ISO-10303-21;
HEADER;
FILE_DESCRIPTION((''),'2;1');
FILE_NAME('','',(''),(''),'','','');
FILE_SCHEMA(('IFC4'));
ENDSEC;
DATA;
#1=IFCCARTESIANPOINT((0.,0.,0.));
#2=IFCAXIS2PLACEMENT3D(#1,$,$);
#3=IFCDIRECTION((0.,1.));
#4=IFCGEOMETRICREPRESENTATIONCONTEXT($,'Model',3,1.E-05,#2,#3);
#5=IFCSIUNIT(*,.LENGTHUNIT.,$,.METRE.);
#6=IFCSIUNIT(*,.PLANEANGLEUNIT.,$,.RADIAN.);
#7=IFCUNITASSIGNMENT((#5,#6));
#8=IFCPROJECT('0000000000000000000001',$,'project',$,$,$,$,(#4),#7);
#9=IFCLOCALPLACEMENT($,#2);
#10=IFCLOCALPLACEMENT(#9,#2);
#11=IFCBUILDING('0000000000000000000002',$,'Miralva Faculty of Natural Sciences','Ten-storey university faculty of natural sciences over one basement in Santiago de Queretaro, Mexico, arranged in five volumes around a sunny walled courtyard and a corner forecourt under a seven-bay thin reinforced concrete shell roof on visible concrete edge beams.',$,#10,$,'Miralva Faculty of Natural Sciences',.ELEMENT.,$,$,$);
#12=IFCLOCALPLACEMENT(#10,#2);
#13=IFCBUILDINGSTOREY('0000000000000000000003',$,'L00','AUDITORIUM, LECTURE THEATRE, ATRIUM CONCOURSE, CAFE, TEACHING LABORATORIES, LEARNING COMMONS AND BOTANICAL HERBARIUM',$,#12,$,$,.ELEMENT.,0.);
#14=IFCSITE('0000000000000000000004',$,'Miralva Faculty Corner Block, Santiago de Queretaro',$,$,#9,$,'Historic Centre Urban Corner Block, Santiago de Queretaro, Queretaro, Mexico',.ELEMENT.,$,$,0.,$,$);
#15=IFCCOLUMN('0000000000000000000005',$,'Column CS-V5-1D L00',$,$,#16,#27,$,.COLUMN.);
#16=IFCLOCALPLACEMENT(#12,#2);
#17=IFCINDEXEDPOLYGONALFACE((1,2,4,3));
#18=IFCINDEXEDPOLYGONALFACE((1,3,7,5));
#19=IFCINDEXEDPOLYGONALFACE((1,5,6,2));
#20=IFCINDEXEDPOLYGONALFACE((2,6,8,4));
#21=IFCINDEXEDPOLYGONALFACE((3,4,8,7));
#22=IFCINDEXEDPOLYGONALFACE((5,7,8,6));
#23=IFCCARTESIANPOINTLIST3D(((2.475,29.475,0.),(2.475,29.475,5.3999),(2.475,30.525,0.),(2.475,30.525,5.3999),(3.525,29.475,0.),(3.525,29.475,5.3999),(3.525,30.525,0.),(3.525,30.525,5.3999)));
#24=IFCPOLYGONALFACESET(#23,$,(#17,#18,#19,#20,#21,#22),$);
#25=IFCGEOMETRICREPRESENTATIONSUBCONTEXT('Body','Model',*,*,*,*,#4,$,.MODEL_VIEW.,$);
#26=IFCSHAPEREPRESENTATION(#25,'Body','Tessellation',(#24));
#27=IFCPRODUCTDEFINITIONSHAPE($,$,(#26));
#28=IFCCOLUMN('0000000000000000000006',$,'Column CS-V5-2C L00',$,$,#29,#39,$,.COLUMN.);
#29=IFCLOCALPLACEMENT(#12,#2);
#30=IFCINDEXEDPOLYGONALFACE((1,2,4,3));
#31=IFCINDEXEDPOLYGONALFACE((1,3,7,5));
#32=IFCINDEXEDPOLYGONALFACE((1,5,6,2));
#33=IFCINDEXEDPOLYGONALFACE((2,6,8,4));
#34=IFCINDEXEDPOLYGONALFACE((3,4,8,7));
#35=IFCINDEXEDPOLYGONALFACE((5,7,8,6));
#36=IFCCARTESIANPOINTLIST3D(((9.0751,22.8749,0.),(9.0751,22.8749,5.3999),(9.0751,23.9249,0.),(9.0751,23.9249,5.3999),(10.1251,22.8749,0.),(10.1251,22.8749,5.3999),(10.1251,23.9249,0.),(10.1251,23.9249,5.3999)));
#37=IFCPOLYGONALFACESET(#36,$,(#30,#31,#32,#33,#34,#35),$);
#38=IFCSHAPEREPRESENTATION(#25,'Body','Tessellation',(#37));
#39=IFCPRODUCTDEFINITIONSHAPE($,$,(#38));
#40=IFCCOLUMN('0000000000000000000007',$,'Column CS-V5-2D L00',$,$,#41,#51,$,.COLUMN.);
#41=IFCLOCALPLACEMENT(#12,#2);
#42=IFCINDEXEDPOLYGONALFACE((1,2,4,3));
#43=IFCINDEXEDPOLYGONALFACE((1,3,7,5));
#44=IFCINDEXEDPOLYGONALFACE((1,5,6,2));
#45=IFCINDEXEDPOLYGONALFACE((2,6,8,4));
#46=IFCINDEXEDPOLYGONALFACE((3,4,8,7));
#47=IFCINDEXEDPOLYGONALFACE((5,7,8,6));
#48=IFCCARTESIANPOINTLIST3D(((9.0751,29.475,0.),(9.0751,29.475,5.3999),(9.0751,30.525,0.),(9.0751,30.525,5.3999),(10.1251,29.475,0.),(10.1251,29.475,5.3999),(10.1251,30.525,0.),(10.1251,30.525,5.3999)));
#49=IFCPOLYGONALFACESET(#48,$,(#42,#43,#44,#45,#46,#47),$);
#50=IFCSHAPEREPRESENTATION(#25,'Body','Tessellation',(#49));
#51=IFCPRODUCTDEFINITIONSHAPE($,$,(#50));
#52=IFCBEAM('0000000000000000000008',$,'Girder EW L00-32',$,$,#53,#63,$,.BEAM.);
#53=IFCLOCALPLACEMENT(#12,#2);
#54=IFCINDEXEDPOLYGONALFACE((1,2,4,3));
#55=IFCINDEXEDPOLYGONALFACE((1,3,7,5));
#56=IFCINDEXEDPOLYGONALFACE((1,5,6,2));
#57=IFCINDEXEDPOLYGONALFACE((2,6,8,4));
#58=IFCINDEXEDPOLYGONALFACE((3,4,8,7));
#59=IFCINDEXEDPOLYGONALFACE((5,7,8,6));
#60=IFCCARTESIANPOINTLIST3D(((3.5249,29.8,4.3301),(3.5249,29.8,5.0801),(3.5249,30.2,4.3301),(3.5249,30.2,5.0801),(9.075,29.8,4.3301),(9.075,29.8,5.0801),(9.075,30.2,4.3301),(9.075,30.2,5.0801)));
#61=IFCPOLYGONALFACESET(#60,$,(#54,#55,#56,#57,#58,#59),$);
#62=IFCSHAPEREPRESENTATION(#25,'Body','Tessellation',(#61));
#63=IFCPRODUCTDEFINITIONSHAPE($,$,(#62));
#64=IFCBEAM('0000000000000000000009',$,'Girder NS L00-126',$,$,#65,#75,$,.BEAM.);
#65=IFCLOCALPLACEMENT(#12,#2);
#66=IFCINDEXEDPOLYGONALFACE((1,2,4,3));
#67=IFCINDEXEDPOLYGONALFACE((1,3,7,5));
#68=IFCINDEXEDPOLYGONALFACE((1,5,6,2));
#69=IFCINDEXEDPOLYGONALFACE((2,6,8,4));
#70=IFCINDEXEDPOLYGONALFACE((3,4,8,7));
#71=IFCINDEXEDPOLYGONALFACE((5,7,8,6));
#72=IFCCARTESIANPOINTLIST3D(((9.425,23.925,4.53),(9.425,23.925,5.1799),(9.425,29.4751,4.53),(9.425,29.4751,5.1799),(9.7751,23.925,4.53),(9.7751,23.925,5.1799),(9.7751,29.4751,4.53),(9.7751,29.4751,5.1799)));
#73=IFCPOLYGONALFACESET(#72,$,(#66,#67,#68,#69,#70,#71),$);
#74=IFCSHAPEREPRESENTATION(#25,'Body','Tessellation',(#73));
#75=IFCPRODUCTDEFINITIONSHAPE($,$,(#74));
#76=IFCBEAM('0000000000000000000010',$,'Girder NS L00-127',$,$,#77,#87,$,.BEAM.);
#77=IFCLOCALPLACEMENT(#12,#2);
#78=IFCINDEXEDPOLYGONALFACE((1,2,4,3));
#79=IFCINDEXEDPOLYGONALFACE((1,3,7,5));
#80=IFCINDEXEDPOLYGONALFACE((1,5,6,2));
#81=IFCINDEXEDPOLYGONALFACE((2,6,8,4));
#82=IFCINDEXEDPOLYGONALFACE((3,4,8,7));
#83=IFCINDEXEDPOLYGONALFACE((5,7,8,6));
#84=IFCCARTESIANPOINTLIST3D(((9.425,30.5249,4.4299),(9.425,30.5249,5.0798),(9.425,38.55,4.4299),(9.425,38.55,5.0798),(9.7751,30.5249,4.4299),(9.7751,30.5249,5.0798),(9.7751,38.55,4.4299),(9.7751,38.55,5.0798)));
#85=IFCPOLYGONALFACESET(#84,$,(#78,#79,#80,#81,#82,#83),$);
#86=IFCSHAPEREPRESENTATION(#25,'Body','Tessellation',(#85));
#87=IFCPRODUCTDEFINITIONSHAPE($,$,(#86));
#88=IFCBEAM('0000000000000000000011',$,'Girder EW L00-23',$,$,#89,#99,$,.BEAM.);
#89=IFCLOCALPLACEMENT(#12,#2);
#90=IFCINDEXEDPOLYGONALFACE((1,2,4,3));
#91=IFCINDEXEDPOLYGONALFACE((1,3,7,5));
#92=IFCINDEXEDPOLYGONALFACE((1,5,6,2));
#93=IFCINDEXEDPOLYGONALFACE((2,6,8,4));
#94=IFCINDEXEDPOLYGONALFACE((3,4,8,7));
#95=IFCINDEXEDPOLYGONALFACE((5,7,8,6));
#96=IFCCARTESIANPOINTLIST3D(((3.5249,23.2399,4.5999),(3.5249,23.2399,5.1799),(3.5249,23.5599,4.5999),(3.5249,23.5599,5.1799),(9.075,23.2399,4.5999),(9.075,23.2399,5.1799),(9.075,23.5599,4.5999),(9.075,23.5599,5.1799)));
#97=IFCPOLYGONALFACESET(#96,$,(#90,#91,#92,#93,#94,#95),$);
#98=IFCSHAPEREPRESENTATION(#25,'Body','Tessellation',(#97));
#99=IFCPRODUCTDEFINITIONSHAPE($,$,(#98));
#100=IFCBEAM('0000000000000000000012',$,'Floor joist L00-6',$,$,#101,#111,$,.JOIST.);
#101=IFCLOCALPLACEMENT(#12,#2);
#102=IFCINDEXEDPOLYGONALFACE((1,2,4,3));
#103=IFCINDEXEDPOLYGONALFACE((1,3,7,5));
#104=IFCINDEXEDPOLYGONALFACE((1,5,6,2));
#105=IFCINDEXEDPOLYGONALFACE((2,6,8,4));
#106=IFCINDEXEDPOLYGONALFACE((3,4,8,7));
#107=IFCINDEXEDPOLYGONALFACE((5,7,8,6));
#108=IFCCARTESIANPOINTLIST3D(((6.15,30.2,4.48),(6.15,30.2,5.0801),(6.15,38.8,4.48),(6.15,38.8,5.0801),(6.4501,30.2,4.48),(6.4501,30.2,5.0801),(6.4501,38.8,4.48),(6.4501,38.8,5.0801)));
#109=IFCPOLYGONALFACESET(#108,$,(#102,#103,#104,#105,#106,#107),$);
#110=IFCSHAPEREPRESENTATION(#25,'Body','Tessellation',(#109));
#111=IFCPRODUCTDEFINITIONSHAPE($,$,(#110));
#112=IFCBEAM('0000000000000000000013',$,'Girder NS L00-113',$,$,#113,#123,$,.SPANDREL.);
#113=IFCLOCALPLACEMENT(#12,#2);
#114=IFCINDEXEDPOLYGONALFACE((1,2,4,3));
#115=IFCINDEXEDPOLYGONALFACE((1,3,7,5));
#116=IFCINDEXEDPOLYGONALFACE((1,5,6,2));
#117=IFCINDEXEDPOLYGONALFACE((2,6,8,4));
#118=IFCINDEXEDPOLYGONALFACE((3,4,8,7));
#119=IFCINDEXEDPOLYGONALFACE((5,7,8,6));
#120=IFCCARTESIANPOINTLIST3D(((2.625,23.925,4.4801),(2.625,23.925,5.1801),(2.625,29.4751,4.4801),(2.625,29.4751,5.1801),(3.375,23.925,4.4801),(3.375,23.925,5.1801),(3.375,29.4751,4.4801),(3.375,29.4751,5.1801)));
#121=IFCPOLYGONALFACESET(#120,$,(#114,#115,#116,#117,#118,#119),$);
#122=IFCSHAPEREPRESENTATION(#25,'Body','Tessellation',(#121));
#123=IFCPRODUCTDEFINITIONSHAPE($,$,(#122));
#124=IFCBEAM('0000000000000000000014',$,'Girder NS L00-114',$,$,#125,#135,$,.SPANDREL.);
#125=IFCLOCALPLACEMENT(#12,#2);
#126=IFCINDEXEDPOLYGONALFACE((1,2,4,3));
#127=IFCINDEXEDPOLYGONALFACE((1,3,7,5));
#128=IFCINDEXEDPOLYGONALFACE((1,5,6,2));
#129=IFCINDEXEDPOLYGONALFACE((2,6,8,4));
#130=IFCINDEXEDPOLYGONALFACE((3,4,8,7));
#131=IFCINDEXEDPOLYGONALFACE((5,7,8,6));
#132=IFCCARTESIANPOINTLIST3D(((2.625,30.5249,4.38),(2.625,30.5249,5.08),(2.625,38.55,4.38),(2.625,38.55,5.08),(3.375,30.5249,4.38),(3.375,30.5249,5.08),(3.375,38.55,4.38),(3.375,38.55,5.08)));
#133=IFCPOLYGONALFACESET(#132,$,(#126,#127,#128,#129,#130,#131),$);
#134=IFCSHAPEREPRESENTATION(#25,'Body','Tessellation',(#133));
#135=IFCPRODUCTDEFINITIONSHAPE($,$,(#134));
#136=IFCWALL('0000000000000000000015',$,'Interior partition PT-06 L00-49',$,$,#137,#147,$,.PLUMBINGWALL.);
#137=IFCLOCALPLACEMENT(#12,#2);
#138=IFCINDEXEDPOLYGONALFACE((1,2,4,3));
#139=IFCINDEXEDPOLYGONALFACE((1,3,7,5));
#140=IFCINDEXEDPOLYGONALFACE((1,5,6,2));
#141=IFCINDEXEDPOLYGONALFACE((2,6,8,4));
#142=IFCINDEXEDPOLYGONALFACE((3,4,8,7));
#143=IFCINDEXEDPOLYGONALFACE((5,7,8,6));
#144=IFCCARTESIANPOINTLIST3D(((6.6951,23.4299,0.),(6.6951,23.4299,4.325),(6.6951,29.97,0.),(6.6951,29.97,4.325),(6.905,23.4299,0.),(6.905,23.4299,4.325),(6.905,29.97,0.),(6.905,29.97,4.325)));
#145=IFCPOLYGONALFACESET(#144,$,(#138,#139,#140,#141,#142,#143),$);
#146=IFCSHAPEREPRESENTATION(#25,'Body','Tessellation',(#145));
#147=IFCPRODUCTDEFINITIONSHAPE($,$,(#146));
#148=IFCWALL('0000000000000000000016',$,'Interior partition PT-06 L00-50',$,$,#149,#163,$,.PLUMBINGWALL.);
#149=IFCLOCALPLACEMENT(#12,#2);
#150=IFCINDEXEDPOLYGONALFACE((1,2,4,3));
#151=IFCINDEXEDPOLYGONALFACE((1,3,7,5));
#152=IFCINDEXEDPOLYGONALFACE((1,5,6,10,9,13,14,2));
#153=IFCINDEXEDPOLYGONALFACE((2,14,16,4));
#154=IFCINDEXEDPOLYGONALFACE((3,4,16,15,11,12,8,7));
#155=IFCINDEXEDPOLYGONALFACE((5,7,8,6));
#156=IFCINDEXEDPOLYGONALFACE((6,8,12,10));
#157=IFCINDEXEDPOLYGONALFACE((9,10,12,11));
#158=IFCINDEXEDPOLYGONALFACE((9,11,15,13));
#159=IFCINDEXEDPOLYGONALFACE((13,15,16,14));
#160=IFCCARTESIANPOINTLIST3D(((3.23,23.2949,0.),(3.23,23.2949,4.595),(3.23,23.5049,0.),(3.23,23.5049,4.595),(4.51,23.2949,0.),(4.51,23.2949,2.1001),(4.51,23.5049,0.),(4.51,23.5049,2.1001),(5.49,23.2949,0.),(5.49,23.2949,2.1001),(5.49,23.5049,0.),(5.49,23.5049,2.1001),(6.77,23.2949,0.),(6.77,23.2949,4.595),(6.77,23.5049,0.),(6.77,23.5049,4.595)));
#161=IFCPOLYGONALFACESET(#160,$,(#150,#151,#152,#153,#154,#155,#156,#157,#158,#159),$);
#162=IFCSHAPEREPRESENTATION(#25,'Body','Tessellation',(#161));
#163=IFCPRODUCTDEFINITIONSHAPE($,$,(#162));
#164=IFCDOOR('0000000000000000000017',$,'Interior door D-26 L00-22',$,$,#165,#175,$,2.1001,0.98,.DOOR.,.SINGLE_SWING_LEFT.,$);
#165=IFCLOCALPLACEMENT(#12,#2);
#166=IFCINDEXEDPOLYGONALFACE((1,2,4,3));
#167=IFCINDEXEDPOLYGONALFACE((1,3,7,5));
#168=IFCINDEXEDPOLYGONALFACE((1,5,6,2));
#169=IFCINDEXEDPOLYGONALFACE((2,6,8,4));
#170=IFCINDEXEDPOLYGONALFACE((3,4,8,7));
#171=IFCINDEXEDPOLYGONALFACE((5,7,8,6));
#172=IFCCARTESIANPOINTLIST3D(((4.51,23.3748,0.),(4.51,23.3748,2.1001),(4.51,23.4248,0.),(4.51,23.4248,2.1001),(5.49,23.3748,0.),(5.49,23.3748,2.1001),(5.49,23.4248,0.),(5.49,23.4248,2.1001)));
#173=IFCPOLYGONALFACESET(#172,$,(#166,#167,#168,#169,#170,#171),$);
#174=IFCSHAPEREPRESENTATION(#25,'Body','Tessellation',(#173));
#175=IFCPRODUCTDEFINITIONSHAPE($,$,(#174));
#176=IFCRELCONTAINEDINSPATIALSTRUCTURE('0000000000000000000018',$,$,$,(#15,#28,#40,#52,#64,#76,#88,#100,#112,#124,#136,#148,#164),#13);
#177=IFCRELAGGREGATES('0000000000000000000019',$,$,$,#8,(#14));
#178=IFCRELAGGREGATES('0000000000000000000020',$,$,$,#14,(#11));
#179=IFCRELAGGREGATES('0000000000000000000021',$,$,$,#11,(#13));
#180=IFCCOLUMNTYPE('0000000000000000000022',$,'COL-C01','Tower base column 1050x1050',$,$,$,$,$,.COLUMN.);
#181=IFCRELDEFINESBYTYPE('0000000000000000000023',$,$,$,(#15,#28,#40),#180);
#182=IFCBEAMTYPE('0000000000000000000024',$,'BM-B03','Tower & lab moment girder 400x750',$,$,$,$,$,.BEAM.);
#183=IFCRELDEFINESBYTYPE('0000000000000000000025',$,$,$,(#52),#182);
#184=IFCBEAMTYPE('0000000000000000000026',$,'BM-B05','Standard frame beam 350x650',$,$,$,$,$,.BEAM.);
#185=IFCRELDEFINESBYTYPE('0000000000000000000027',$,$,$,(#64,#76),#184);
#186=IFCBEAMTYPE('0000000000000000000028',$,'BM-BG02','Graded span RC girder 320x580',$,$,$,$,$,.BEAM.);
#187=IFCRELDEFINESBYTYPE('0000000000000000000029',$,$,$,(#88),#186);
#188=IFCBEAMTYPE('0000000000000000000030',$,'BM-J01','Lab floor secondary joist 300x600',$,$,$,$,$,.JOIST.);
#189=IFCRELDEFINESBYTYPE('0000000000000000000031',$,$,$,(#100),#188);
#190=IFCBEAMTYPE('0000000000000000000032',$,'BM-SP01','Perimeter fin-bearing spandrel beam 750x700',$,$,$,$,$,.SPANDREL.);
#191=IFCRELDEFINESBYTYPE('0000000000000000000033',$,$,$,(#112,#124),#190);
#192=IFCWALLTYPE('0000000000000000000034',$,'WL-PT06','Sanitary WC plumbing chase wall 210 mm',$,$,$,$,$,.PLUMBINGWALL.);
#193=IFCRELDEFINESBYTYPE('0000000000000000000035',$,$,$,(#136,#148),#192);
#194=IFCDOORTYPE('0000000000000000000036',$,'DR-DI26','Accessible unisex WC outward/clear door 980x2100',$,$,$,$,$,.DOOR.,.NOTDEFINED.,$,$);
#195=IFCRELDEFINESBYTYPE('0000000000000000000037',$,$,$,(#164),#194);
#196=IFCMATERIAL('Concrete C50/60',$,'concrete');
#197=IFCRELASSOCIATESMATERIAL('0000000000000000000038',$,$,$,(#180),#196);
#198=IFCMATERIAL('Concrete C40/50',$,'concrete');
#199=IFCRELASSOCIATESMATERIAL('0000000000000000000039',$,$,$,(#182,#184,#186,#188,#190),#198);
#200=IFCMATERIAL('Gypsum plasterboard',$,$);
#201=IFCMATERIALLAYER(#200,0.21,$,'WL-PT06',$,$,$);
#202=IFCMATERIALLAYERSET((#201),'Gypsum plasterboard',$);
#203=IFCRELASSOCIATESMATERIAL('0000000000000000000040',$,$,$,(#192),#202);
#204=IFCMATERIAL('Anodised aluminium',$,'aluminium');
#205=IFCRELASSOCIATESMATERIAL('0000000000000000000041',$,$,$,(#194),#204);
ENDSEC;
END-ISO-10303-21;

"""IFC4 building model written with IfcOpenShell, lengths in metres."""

from ifc_helpers import new_model, si_unit, direction, frame, frame_2d, origin, origin_2d, place, context, subcontext, project, spatial, rectangle, extrude, material, layer, layer_set, material_profile, profile_set, type_object, element, fill, save


model = new_model("IFC4")

# Units and contexts
model_context = context("Model", 3, precision=1e-05, world=origin(), true_north=direction((0.0, 1.0)))
body_context = subcontext(model_context, "Body", "Model", "MODEL_VIEW")
ifc_project = project(units=[si_unit("LENGTHUNIT", "METRE"), si_unit("PLANEANGLEUNIT", "RADIAN")], contexts=[model_context])

# Site, building, storey
site_placement = place(None, origin())
site = spatial("IfcSite", under=ifc_project, at=site_placement, Name="Miralva Faculty Corner Block, Santiago de Queretaro", LongName="Historic Centre Urban Corner Block, Santiago de Queretaro, Queretaro, Mexico", CompositionType="ELEMENT", RefElevation=0.0)
building_placement = place(site_placement, origin())
building = spatial("IfcBuilding", under=site, at=building_placement, Name="Miralva Faculty of Natural Sciences", Description="Ten-storey university faculty of natural sciences over one basement in Santiago de Queretaro, Mexico, arranged in five volumes around a sunny walled courtyard and a corner forecourt under a seven-bay thin reinforced concrete shell roof on visible concrete edge beams.", LongName="Miralva Faculty of Natural Sciences", CompositionType="ELEMENT")
storey_placement = place(building_placement, origin())
storey = spatial("IfcBuildingStorey", under=building, at=storey_placement, Name="L00", Description="AUDITORIUM, LECTURE THEATRE, ATRIUM CONCOURSE, CAFE, TEACHING LABORATORIES, LEARNING COMMONS AND BOTANICAL HERBARIUM", CompositionType="ELEMENT", Elevation=0.0)

# Columns
ifc_material_1 = material(Name="Concrete C50/60", Category="concrete")
ifc_material_profile_1 = material_profile(ifc_material_1, rectangle(XDim=1.05, YDim=1.05, at=origin_2d()), Name="RC 1050x1050")
ifc_profile_set_1 = profile_set([ifc_material_profile_1], Name="Concrete C50/60")
column_type = type_object("IfcColumnType", Name="COL-C01", Description="Tower base column 1050x1050", PredefinedType="COLUMN", material=ifc_profile_set_1)
for number, where, z_axis, x_axis, name in (
    (1, (3.0, 30.0, 0.0), (0.0, 0.0, 1.0), (1.0, 0.0, 0.0), "Column CS-V5-1D L00"),
    (2, (9.6001, 23.3999, 0.0), (0.0, 0.0, 1.0), (1.0, 0.0, 0.0), "Column CS-V5-2C L00"),
    (3, (9.6001, 30.0, 0.0), (0.0, 0.0, 1.0), (1.0, 0.0, 0.0), "Column CS-V5-2D L00"),
):
    element("IfcColumn", number, at=place(storey_placement, frame(where, z_axis=z_axis, x_axis=x_axis)), inside=storey, type_object=column_type, Name=name, PredefinedType="COLUMN", context=body_context, shape_type="SweptSolid", body=[
        extrude(rectangle(XDim=1.05, YDim=1.05, at=origin_2d()), origin(), (0.0, 0.0, 1.0), 5.3999),
    ])

# Beams
ifc_material_2 = material(Name="Concrete C40/50", Category="concrete")
ifc_material_profile_2 = material_profile(ifc_material_2, rectangle(XDim=0.3999, YDim=0.75, at=origin_2d()), Name="RC 400x750")
ifc_profile_set_2 = profile_set([ifc_material_profile_2], Name="Concrete C40/50")
beam_type_1 = type_object("IfcBeamType", Name="BM-B03", Description="Tower & lab moment girder 400x750", PredefinedType="BEAM", material=ifc_profile_set_2)
beam_1_placement = place(storey_placement, frame((3.5249, 30.0, 4.7051), z_axis=(1.0, 0.0, 0.0), x_axis=(0.0, 1.0, 0.0)))
element("IfcBeam", 4, at=beam_1_placement, inside=storey, type_object=beam_type_1, Name="Girder EW L00-32", PredefinedType="BEAM", context=body_context, shape_type="SweptSolid", body=[
    extrude(rectangle(XDim=0.3999, YDim=0.75, at=origin_2d()), origin(), (0.0, 0.0, 1.0), 5.55),
])
ifc_material_profile_3 = material_profile(ifc_material_2, rectangle(XDim=0.3501, YDim=0.6499, at=origin_2d()), Name="RC 350x650")
ifc_profile_set_3 = profile_set([ifc_material_profile_3], Name="Concrete C40/50")
beam_type_2 = type_object("IfcBeamType", Name="BM-B05", Description="Standard frame beam 350x650", PredefinedType="BEAM", material=ifc_profile_set_3)
beam_2_placement = place(storey_placement, frame((9.6001, 23.925, 4.855), z_axis=(0.0, 1.0, 0.0), x_axis=(-1.0, 0.0, 0.0)))
element("IfcBeam", 5, at=beam_2_placement, inside=storey, type_object=beam_type_2, Name="Girder NS L00-126", PredefinedType="BEAM", context=body_context, shape_type="SweptSolid", body=[
    extrude(rectangle(XDim=0.3501, YDim=0.6499, at=origin_2d()), origin(), (0.0, 0.0, 1.0), 5.55),
])
beam_3_placement = place(storey_placement, frame((9.6001, 30.5249, 4.7549), z_axis=(0.0, 1.0, 0.0), x_axis=(-1.0, 0.0, 0.0)))
element("IfcBeam", 6, at=beam_3_placement, inside=storey, type_object=beam_type_2, Name="Girder NS L00-127", PredefinedType="BEAM", context=body_context, shape_type="SweptSolid", body=[
    extrude(rectangle(XDim=0.3501, YDim=0.6499, at=origin_2d()), origin(), (0.0, 0.0, 1.0), 8.0251),
])
ifc_material_profile_4 = material_profile(ifc_material_2, rectangle(XDim=0.3201, YDim=0.5801, at=origin_2d()), Name="RC 320x580")
ifc_profile_set_4 = profile_set([ifc_material_profile_4], Name="Concrete C40/50")
beam_type_3 = type_object("IfcBeamType", Name="BM-BG02", Description="Graded span RC girder 320x580", PredefinedType="BEAM", material=ifc_profile_set_4)
beam_4_placement = place(storey_placement, frame((3.5249, 23.3999, 4.8899), z_axis=(1.0, 0.0, 0.0), x_axis=(0.0, 1.0, 0.0)))
element("IfcBeam", 7, at=beam_4_placement, inside=storey, type_object=beam_type_3, Name="Girder EW L00-23", PredefinedType="BEAM", context=body_context, shape_type="SweptSolid", body=[
    extrude(rectangle(XDim=0.3201, YDim=0.5801, at=origin_2d()), origin(), (0.0, 0.0, 1.0), 5.55),
])
ifc_material_profile_5 = material_profile(ifc_material_2, rectangle(XDim=0.3, YDim=0.6001, at=origin_2d()), Name="RC 300x600")
ifc_profile_set_5 = profile_set([ifc_material_profile_5], Name="Concrete C40/50")
beam_type_4 = type_object("IfcBeamType", Name="BM-J01", Description="Lab floor secondary joist 300x600", PredefinedType="JOIST", material=ifc_profile_set_5)
beam_5_placement = place(storey_placement, frame((6.3, 30.2, 4.78), z_axis=(0.0, 1.0, 0.0), x_axis=(-1.0, 0.0, 0.0)))
element("IfcBeam", 8, at=beam_5_placement, inside=storey, type_object=beam_type_4, Name="Floor joist L00-6", PredefinedType="JOIST", context=body_context, shape_type="SweptSolid", body=[
    extrude(rectangle(XDim=0.3, YDim=0.6001, at=origin_2d()), origin(), (0.0, 0.0, 1.0), 8.6001),
])
ifc_material_profile_6 = material_profile(ifc_material_2, rectangle(XDim=0.75, YDim=0.7, at=origin_2d()), Name="RC 750x700")
ifc_profile_set_6 = profile_set([ifc_material_profile_6], Name="Concrete C40/50")
beam_type_5 = type_object("IfcBeamType", Name="BM-SP01", Description="Perimeter fin-bearing spandrel beam 750x700", PredefinedType="SPANDREL", material=ifc_profile_set_6)
beam_6_placement = place(storey_placement, frame((3.0, 23.925, 4.8301), z_axis=(0.0, 1.0, 0.0), x_axis=(-1.0, 0.0, 0.0)))
element("IfcBeam", 9, at=beam_6_placement, inside=storey, type_object=beam_type_5, Name="Girder NS L00-113", PredefinedType="SPANDREL", context=body_context, shape_type="SweptSolid", body=[
    extrude(rectangle(XDim=0.75, YDim=0.7, at=origin_2d()), origin(), (0.0, 0.0, 1.0), 5.55),
])
beam_7_placement = place(storey_placement, frame((3.0, 30.5249, 4.73), z_axis=(0.0, 1.0, 0.0), x_axis=(-1.0, 0.0, 0.0)))
element("IfcBeam", 10, at=beam_7_placement, inside=storey, type_object=beam_type_5, Name="Girder NS L00-114", PredefinedType="SPANDREL", context=body_context, shape_type="SweptSolid", body=[
    extrude(rectangle(XDim=0.75, YDim=0.7, at=origin_2d()), origin(), (0.0, 0.0, 1.0), 8.0251),
])

# Wall
ifc_material_3 = material(Name="Gypsum plasterboard")
ifc_layer_1 = layer(ifc_material_3, 0.21, Name="WL-PT06")
ifc_layer_set_1 = layer_set([ifc_layer_1], Name="Gypsum plasterboard")
wall_type_1 = type_object("IfcWallType", Name="WL-PT06", Description="Sanitary WC plumbing chase wall 210 mm", PredefinedType="PLUMBINGWALL", material=ifc_layer_set_1)
wall_1_placement = place(storey_placement, frame((6.8, 23.4299, 0.0), z_axis=(0.0, 0.0, 1.0), x_axis=(0.0, 1.0, 0.0)))
element("IfcWall", 11, at=wall_1_placement, inside=storey, type_object=wall_type_1, Name="Interior partition PT-06 L00-49", PredefinedType="PLUMBINGWALL", context=body_context, shape_type="SweptSolid", body=[
    extrude(rectangle(XDim=6.54, YDim=0.21, at=frame_2d((3.27, 0.0))), origin(), (0.0, 0.0, 1.0), 4.325),
])

# Wall, opening, door
wall_2_placement = place(storey_placement, frame((3.23, 23.3999, 0.0), z_axis=(0.0, 0.0, 1.0), x_axis=(1.0, 0.0, 0.0)))
wall_2 = element("IfcWall", 12, at=wall_2_placement, inside=storey, type_object=wall_type_1, Name="Interior partition PT-06 L00-50", PredefinedType="PLUMBINGWALL", context=body_context, shape_type="SweptSolid", body=[
    extrude(rectangle(XDim=3.54, YDim=0.21, at=frame_2d((1.77, 0.0))), origin(), (0.0, 0.0, 1.0), 4.595),
])
opening_1_placement = place(wall_2_placement, frame((1.28, 0.0, 0.0)))
opening_1 = element("IfcOpeningElement", 13, at=opening_1_placement, cuts=wall_2, PredefinedType="OPENING", context=body_context, shape_type="SweptSolid", body=[
    extrude(rectangle(XDim=0.98, YDim=2.1001, at=frame_2d((0.49, 1.05))), frame((0.0, 0.115, 0.0), z_axis=(0.0, -1.0, 0.0), x_axis=(1.0, 0.0, 0.0)), (0.0, 0.0, 1.0), 0.23),
])
ifc_material_4 = material(Name="Anodised aluminium", Category="aluminium")
door_type = type_object("IfcDoorType", Name="DR-DI26", Description="Accessible unisex WC outward/clear door 980x2100", OperationType="NOTDEFINED", PredefinedType="DOOR", material=ifc_material_4)
door_placement = place(opening_1_placement, origin())
door = element("IfcDoor", 14, at=door_placement, inside=storey, type_object=door_type, Name="Interior door D-26 L00-22", OperationType="SINGLE_SWING_LEFT", OverallHeight=2.1001, OverallWidth=0.98, PredefinedType="DOOR", context=body_context, shape_type="SweptSolid", body=[
    extrude(rectangle(XDim=0.98, YDim=2.1001, at=frame_2d((0.49, 1.05))), frame((0.0, 0.0249, 0.0), z_axis=(0.0, -1.0, 0.0), x_axis=(1.0, 0.0, 0.0)), (0.0, 0.0, 1.0), 0.05),
])
fill(opening_1, door)

save(model, "model.ifc")
